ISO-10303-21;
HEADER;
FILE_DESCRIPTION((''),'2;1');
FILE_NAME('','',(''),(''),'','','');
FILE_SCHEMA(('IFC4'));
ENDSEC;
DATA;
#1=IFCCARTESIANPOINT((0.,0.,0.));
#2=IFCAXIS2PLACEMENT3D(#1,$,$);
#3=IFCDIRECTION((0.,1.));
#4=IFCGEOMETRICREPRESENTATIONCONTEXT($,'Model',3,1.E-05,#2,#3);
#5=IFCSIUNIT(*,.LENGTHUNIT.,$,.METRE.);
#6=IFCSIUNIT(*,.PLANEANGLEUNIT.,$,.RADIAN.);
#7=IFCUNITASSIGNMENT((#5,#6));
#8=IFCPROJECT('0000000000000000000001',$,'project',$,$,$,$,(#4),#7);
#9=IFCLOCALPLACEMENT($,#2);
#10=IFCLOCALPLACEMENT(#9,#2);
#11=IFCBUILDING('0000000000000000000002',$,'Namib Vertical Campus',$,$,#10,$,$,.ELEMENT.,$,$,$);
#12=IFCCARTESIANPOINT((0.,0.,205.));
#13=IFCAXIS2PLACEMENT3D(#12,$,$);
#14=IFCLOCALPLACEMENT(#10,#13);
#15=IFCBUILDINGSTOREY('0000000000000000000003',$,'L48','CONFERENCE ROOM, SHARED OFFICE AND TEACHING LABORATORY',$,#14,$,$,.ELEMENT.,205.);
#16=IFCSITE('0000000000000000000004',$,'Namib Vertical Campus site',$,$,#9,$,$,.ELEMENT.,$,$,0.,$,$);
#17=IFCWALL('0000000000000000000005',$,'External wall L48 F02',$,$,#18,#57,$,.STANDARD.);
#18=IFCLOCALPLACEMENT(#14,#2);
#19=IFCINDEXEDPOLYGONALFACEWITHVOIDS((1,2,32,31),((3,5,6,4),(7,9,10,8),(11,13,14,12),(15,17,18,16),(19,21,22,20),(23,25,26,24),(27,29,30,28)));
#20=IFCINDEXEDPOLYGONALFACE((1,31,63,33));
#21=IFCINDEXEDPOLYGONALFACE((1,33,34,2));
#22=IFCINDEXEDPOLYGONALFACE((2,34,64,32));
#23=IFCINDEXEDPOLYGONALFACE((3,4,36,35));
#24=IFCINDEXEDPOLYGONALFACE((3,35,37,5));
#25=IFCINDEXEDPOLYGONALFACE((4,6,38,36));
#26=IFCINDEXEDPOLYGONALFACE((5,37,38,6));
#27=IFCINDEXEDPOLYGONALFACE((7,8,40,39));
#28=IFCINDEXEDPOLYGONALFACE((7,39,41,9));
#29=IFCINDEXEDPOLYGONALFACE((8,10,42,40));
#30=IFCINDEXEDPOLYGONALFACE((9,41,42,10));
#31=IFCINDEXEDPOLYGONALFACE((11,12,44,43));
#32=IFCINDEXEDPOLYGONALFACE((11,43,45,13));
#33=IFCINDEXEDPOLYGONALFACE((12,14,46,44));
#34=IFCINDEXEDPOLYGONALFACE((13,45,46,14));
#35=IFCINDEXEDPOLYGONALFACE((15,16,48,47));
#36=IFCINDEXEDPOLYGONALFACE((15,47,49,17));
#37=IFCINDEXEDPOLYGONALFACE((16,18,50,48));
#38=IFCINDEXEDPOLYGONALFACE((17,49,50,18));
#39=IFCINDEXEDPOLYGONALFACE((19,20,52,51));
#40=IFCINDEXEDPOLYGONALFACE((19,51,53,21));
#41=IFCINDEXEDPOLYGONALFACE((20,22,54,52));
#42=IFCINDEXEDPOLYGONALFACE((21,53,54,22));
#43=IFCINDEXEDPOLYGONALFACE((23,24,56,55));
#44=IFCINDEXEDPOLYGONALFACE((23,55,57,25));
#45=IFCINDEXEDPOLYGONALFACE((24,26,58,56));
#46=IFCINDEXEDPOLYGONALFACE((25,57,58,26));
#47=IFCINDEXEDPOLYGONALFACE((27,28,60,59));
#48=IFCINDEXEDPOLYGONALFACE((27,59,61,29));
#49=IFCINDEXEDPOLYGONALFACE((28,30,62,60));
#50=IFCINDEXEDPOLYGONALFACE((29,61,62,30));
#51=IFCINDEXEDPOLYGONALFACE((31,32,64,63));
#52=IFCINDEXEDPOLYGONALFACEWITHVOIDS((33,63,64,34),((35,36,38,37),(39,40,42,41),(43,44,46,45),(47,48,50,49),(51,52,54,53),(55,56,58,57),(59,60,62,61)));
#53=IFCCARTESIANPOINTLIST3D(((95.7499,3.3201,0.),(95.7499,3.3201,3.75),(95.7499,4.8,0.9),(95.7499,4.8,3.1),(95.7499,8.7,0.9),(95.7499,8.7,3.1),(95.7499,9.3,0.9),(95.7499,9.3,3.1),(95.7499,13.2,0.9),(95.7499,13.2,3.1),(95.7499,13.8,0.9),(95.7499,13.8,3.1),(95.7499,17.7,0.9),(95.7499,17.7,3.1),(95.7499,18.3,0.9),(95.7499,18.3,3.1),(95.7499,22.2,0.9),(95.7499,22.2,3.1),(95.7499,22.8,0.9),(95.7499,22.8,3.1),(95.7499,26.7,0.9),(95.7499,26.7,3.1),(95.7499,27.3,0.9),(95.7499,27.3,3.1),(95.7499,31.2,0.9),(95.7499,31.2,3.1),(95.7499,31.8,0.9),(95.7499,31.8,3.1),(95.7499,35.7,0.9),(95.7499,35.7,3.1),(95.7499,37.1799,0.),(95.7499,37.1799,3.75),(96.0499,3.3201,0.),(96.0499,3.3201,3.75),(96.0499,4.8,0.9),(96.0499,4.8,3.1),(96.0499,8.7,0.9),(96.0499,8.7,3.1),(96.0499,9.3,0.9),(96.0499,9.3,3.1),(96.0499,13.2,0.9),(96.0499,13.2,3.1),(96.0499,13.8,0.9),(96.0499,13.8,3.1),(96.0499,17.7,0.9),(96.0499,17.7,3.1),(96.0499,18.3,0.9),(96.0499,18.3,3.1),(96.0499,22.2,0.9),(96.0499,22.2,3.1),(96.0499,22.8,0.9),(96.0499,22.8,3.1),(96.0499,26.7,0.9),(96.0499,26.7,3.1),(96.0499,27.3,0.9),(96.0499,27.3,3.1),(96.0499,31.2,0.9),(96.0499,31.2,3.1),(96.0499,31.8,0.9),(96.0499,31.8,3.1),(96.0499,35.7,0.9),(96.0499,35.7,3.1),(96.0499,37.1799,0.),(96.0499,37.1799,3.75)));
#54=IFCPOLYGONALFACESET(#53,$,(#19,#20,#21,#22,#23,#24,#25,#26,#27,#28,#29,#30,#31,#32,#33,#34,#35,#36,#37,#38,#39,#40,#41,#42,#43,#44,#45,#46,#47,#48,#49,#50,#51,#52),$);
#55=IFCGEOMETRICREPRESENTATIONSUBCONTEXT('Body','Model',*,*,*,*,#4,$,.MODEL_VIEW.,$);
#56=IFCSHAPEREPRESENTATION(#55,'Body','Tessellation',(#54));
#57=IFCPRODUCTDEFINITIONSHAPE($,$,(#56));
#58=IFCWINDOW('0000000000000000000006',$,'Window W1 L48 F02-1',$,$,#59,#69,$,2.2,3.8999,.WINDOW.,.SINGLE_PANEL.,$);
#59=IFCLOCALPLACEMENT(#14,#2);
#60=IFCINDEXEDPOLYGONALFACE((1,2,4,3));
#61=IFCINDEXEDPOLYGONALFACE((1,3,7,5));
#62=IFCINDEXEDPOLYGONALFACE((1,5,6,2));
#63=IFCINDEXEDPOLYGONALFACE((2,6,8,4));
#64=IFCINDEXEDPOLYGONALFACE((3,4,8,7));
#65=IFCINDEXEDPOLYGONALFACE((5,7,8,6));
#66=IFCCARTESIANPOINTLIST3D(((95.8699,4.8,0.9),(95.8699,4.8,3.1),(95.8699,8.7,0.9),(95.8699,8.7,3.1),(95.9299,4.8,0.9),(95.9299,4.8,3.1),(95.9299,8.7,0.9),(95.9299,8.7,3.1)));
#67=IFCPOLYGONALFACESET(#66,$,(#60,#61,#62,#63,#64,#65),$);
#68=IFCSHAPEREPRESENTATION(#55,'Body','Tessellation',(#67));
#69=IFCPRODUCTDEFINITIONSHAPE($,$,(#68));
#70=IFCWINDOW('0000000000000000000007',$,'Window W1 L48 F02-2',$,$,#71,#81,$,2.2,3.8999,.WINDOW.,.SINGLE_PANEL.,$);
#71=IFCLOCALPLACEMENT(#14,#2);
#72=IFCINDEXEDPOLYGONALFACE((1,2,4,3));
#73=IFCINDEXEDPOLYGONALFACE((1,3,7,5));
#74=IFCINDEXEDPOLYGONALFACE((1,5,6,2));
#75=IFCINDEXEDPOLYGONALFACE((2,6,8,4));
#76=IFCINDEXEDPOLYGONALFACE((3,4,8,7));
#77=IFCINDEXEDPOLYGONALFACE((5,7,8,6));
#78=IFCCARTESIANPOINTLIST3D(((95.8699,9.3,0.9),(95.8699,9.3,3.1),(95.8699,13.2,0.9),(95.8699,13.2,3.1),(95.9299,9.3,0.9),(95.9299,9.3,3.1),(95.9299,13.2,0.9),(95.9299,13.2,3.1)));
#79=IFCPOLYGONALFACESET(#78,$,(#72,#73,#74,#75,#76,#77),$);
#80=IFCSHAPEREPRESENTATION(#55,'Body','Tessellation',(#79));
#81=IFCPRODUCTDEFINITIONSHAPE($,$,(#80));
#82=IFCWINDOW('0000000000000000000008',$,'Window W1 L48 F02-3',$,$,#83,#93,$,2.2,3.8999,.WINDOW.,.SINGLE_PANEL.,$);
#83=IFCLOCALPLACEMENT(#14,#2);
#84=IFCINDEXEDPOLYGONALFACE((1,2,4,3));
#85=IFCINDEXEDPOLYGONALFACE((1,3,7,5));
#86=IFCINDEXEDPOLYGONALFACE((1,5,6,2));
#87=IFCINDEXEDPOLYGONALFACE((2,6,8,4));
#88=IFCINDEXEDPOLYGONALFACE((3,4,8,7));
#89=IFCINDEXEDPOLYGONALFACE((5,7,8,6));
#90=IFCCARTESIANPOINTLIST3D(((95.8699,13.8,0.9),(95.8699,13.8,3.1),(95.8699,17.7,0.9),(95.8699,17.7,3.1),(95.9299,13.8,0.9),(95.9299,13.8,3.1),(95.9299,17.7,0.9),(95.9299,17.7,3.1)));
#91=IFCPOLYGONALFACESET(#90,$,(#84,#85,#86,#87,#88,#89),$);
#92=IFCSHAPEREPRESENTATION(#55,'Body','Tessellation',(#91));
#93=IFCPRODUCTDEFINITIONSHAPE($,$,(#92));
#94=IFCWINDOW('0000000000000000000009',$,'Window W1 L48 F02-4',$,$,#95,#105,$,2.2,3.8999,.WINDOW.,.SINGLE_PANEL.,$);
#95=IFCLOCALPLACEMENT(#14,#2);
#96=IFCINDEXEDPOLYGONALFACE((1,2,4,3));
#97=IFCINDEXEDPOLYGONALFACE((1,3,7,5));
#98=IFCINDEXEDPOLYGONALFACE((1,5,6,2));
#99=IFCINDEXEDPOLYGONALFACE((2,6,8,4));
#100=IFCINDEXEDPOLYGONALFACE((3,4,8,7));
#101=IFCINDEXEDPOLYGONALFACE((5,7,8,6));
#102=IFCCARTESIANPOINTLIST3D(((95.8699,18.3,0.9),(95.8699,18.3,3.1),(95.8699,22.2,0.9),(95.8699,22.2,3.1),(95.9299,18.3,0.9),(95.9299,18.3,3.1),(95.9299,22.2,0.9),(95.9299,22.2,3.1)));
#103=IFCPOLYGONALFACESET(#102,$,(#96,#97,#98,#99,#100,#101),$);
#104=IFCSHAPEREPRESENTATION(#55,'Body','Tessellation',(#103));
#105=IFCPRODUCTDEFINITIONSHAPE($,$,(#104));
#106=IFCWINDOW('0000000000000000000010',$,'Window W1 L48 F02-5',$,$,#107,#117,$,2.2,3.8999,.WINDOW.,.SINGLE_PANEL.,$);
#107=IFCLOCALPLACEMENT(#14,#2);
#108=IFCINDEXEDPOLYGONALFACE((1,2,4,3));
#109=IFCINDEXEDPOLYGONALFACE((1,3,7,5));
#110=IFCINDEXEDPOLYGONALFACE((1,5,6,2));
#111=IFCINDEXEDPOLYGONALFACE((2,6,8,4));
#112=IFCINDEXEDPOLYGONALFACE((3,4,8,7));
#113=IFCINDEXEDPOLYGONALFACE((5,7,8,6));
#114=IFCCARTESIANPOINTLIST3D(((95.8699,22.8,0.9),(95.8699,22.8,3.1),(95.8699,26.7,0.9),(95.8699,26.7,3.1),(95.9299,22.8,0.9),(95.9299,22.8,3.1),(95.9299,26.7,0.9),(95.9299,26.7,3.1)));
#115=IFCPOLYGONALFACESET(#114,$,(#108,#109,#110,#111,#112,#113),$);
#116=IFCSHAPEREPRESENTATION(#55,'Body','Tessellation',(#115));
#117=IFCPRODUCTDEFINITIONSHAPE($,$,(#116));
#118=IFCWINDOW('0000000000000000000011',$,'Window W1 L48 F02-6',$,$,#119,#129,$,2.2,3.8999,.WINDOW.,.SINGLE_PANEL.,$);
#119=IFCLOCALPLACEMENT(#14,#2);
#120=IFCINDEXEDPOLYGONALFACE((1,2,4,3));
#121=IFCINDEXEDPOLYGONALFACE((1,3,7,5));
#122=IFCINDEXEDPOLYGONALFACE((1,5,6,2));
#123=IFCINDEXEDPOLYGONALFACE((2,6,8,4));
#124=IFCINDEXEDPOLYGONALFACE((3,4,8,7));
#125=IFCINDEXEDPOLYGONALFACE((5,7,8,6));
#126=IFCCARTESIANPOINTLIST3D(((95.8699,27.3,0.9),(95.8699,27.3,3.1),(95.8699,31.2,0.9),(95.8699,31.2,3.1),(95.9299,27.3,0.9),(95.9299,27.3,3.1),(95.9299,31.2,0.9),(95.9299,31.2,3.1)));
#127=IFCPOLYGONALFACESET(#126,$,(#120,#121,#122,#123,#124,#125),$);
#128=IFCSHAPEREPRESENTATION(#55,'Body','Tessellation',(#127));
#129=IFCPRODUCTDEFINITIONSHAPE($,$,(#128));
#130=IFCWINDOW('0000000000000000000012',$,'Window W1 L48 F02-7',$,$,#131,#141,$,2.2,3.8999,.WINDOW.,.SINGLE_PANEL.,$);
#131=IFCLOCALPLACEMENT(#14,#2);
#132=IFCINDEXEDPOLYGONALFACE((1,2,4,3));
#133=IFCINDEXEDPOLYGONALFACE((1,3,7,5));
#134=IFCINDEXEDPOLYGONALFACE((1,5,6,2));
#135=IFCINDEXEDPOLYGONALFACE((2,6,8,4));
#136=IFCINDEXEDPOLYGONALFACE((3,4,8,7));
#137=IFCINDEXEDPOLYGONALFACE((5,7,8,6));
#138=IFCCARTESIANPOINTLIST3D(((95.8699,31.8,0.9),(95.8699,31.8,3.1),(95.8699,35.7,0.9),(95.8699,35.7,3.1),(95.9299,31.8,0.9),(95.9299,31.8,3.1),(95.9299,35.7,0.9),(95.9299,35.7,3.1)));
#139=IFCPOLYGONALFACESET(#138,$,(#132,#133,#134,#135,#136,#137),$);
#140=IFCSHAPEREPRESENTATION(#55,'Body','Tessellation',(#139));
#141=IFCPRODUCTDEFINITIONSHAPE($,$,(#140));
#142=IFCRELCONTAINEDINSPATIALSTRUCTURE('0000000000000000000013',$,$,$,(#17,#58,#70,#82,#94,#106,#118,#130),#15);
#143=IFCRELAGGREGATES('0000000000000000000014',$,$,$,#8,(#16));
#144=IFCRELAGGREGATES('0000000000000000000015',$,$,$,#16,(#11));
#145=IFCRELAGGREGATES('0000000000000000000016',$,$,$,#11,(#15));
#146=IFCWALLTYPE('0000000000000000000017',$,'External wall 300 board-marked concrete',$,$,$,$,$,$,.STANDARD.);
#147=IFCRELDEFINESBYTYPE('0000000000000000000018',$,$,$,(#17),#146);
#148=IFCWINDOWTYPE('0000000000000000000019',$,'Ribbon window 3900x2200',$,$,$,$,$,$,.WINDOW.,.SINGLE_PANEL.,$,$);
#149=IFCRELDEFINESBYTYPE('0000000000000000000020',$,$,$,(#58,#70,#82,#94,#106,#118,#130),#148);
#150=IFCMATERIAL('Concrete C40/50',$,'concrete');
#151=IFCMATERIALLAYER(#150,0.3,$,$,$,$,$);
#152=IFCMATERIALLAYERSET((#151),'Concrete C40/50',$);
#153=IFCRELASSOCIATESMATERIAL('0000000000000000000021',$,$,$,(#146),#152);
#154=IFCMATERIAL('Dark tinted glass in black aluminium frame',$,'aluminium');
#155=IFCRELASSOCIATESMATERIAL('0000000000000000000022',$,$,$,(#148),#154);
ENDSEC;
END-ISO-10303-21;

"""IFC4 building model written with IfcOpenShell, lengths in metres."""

from ifc_helpers import new_model, si_unit, direction, frame, frame_2d, origin, place, context, subcontext, project, spatial, rectangle, extrude, material, layer, layer_set, type_object, element, fill, save


model = new_model("IFC4")

# Units and contexts
model_context = context("Model", 3, precision=1e-05, world=origin(), true_north=direction((0.0, 1.0)))
body_context = subcontext(model_context, "Body", "Model", "MODEL_VIEW")
ifc_project = project(units=[si_unit("LENGTHUNIT", "METRE"), si_unit("PLANEANGLEUNIT", "RADIAN")], contexts=[model_context])

# Site, building, storey
site_placement = place(None, origin())
site = spatial("IfcSite", under=ifc_project, at=site_placement, Name="Namib Vertical Campus site", CompositionType="ELEMENT", RefElevation=0.0)
building_placement = place(site_placement, origin())
building = spatial("IfcBuilding", under=site, at=building_placement, Name="Namib Vertical Campus", CompositionType="ELEMENT")
storey_placement = place(building_placement, frame((0.0, 0.0, 205.0)))
storey = spatial("IfcBuildingStorey", under=building, at=storey_placement, Name="L48", Description="CONFERENCE ROOM, SHARED OFFICE AND TEACHING LABORATORY", CompositionType="ELEMENT", Elevation=205.0)

# Wall, openings, windows
ifc_material_1 = material(Name="Concrete C40/50", Category="concrete")
ifc_layer_1 = layer(ifc_material_1, 0.3)
ifc_layer_set_1 = layer_set([ifc_layer_1], Name="Concrete C40/50")
wall_type_1 = type_object("IfcWallType", Name="External wall 300 board-marked concrete", PredefinedType="STANDARD", material=ifc_layer_set_1)
wall_1_placement = place(storey_placement, frame((95.8999, 3.3201, 0.0), z_axis=(0.0, 0.0, 1.0), x_axis=(0.0, 1.0, 0.0)))
wall_1 = element("IfcWall", 1, at=wall_1_placement, inside=storey, type_object=wall_type_1, Name="External wall L48 F02", PredefinedType="STANDARD", context=body_context, shape_type="SweptSolid", body=[
    extrude(rectangle(XDim=33.8599, YDim=0.3, at=frame_2d((16.9299, 0.0))), origin(), (0.0, 0.0, 1.0), 3.75),
])
opening_1_placement = place(wall_1_placement, frame((1.48, 0.0, 0.8999)))
opening_1 = element("IfcOpeningElement", 2, at=opening_1_placement, cuts=wall_1, PredefinedType="OPENING", context=body_context, shape_type="SweptSolid", body=[
    extrude(rectangle(XDim=3.8999, YDim=2.2, at=frame_2d((1.95, 1.1001))), frame((0.0, 0.1599, 0.0), z_axis=(0.0, -1.0, 0.0), x_axis=(1.0, 0.0, 0.0)), (0.0, 0.0, 1.0), 0.3201),
])
opening_2_placement = place(wall_1_placement, frame((5.98, 0.0, 0.8999)))
opening_2 = element("IfcOpeningElement", 3, at=opening_2_placement, cuts=wall_1, PredefinedType="OPENING", context=body_context, shape_type="SweptSolid", body=[
    extrude(rectangle(XDim=3.8999, YDim=2.2, at=frame_2d((1.95, 1.1001))), frame((0.0, 0.1599, 0.0), z_axis=(0.0, -1.0, 0.0), x_axis=(1.0, 0.0, 0.0)), (0.0, 0.0, 1.0), 0.3201),
])
opening_3_placement = place(wall_1_placement, frame((10.48, 0.0, 0.8999)))
opening_3 = element("IfcOpeningElement", 4, at=opening_3_placement, cuts=wall_1, PredefinedType="OPENING", context=body_context, shape_type="SweptSolid", body=[
    extrude(rectangle(XDim=3.8999, YDim=2.2, at=frame_2d((1.95, 1.1001))), frame((0.0, 0.1599, 0.0), z_axis=(0.0, -1.0, 0.0), x_axis=(1.0, 0.0, 0.0)), (0.0, 0.0, 1.0), 0.3201),
])
opening_4_placement = place(wall_1_placement, frame((14.98, 0.0, 0.8999)))
opening_4 = element("IfcOpeningElement", 5, at=opening_4_placement, cuts=wall_1, PredefinedType="OPENING", context=body_context, shape_type="SweptSolid", body=[
    extrude(rectangle(XDim=3.8999, YDim=2.2, at=frame_2d((1.95, 1.1001))), frame((0.0, 0.1599, 0.0), z_axis=(0.0, -1.0, 0.0), x_axis=(1.0, 0.0, 0.0)), (0.0, 0.0, 1.0), 0.3201),
])
opening_5_placement = place(wall_1_placement, frame((19.48, 0.0, 0.8999)))
opening_5 = element("IfcOpeningElement", 6, at=opening_5_placement, cuts=wall_1, PredefinedType="OPENING", context=body_context, shape_type="SweptSolid", body=[
    extrude(rectangle(XDim=3.8999, YDim=2.2, at=frame_2d((1.95, 1.1001))), frame((0.0, 0.1599, 0.0), z_axis=(0.0, -1.0, 0.0), x_axis=(1.0, 0.0, 0.0)), (0.0, 0.0, 1.0), 0.3201),
])
opening_6_placement = place(wall_1_placement, frame((23.98, 0.0, 0.8999)))
opening_6 = element("IfcOpeningElement", 7, at=opening_6_placement, cuts=wall_1, PredefinedType="OPENING", context=body_context, shape_type="SweptSolid", body=[
    extrude(rectangle(XDim=3.8999, YDim=2.2, at=frame_2d((1.95, 1.1001))), frame((0.0, 0.1599, 0.0), z_axis=(0.0, -1.0, 0.0), x_axis=(1.0, 0.0, 0.0)), (0.0, 0.0, 1.0), 0.3201),
])
opening_7_placement = place(wall_1_placement, frame((28.48, 0.0, 0.8999)))
opening_7 = element("IfcOpeningElement", 8, at=opening_7_placement, cuts=wall_1, PredefinedType="OPENING", context=body_context, shape_type="SweptSolid", body=[
    extrude(rectangle(XDim=3.8999, YDim=2.2, at=frame_2d((1.95, 1.1001))), frame((0.0, 0.1599, 0.0), z_axis=(0.0, -1.0, 0.0), x_axis=(1.0, 0.0, 0.0)), (0.0, 0.0, 1.0), 0.3201),
])
ifc_material_2 = material(Name="Dark tinted glass in black aluminium frame", Category="aluminium")
window_type = type_object("IfcWindowType", Name="Ribbon window 3900x2200", PartitioningType="SINGLE_PANEL", PredefinedType="WINDOW", material=ifc_material_2)
window_1_placement = place(opening_1_placement, origin())
window_1 = element("IfcWindow", 9, at=window_1_placement, inside=storey, type_object=window_type, Name="Window W1 L48 F02-1", OverallHeight=2.2, OverallWidth=3.8999, PartitioningType="SINGLE_PANEL", PredefinedType="WINDOW", context=body_context, shape_type="SweptSolid", body=[
    extrude(rectangle(XDim=3.8999, YDim=2.2, at=frame_2d((1.95, 1.1001))), frame((0.0, 0.03, 0.0), z_axis=(0.0, -1.0, 0.0), x_axis=(1.0, 0.0, 0.0)), (0.0, 0.0, 1.0), 0.0601),
])
fill(opening_1, window_1)
window_2_placement = place(opening_2_placement, origin())
window_2 = element("IfcWindow", 10, at=window_2_placement, inside=storey, type_object=window_type, Name="Window W1 L48 F02-2", OverallHeight=2.2, OverallWidth=3.8999, PartitioningType="SINGLE_PANEL", PredefinedType="WINDOW", context=body_context, shape_type="SweptSolid", body=[
    extrude(rectangle(XDim=3.8999, YDim=2.2, at=frame_2d((1.95, 1.1001))), frame((0.0, 0.03, 0.0), z_axis=(0.0, -1.0, 0.0), x_axis=(1.0, 0.0, 0.0)), (0.0, 0.0, 1.0), 0.0601),
])
fill(opening_2, window_2)
window_3_placement = place(opening_3_placement, origin())
window_3 = element("IfcWindow", 11, at=window_3_placement, inside=storey, type_object=window_type, Name="Window W1 L48 F02-3", OverallHeight=2.2, OverallWidth=3.8999, PartitioningType="SINGLE_PANEL", PredefinedType="WINDOW", context=body_context, shape_type="SweptSolid", body=[
    extrude(rectangle(XDim=3.8999, YDim=2.2, at=frame_2d((1.95, 1.1001))), frame((0.0, 0.03, 0.0), z_axis=(0.0, -1.0, 0.0), x_axis=(1.0, 0.0, 0.0)), (0.0, 0.0, 1.0), 0.0601),
])
fill(opening_3, window_3)
window_4_placement = place(opening_4_placement, origin())
window_4 = element("IfcWindow", 12, at=window_4_placement, inside=storey, type_object=window_type, Name="Window W1 L48 F02-4", OverallHeight=2.2, OverallWidth=3.8999, PartitioningType="SINGLE_PANEL", PredefinedType="WINDOW", context=body_context, shape_type="SweptSolid", body=[
    extrude(rectangle(XDim=3.8999, YDim=2.2, at=frame_2d((1.95, 1.1001))), frame((0.0, 0.03, 0.0), z_axis=(0.0, -1.0, 0.0), x_axis=(1.0, 0.0, 0.0)), (0.0, 0.0, 1.0), 0.0601),
])
fill(opening_4, window_4)
window_5_placement = place(opening_5_placement, origin())
window_5 = element("IfcWindow", 13, at=window_5_placement, inside=storey, type_object=window_type, Name="Window W1 L48 F02-5", OverallHeight=2.2, OverallWidth=3.8999, PartitioningType="SINGLE_PANEL", PredefinedType="WINDOW", context=body_context, shape_type="SweptSolid", body=[
    extrude(rectangle(XDim=3.8999, YDim=2.2, at=frame_2d((1.95, 1.1001))), frame((0.0, 0.03, 0.0), z_axis=(0.0, -1.0, 0.0), x_axis=(1.0, 0.0, 0.0)), (0.0, 0.0, 1.0), 0.0601),
])
fill(opening_5, window_5)
window_6_placement = place(opening_6_placement, origin())
window_6 = element("IfcWindow", 14, at=window_6_placement, inside=storey, type_object=window_type, Name="Window W1 L48 F02-6", OverallHeight=2.2, OverallWidth=3.8999, PartitioningType="SINGLE_PANEL", PredefinedType="WINDOW", context=body_context, shape_type="SweptSolid", body=[
    extrude(rectangle(XDim=3.8999, YDim=2.2, at=frame_2d((1.95, 1.1001))), frame((0.0, 0.03, 0.0), z_axis=(0.0, -1.0, 0.0), x_axis=(1.0, 0.0, 0.0)), (0.0, 0.0, 1.0), 0.0601),
])
fill(opening_6, window_6)
window_7_placement = place(opening_7_placement, origin())
window_7 = element("IfcWindow", 15, at=window_7_placement, inside=storey, type_object=window_type, Name="Window W1 L48 F02-7", OverallHeight=2.2, OverallWidth=3.8999, PartitioningType="SINGLE_PANEL", PredefinedType="WINDOW", context=body_context, shape_type="SweptSolid", body=[
    extrude(rectangle(XDim=3.8999, YDim=2.2, at=frame_2d((1.95, 1.1001))), frame((0.0, 0.03, 0.0), z_axis=(0.0, -1.0, 0.0), x_axis=(1.0, 0.0, 0.0)), (0.0, 0.0, 1.0), 0.0601),
])
fill(opening_7, window_7)

save(model, "model.ifc")
